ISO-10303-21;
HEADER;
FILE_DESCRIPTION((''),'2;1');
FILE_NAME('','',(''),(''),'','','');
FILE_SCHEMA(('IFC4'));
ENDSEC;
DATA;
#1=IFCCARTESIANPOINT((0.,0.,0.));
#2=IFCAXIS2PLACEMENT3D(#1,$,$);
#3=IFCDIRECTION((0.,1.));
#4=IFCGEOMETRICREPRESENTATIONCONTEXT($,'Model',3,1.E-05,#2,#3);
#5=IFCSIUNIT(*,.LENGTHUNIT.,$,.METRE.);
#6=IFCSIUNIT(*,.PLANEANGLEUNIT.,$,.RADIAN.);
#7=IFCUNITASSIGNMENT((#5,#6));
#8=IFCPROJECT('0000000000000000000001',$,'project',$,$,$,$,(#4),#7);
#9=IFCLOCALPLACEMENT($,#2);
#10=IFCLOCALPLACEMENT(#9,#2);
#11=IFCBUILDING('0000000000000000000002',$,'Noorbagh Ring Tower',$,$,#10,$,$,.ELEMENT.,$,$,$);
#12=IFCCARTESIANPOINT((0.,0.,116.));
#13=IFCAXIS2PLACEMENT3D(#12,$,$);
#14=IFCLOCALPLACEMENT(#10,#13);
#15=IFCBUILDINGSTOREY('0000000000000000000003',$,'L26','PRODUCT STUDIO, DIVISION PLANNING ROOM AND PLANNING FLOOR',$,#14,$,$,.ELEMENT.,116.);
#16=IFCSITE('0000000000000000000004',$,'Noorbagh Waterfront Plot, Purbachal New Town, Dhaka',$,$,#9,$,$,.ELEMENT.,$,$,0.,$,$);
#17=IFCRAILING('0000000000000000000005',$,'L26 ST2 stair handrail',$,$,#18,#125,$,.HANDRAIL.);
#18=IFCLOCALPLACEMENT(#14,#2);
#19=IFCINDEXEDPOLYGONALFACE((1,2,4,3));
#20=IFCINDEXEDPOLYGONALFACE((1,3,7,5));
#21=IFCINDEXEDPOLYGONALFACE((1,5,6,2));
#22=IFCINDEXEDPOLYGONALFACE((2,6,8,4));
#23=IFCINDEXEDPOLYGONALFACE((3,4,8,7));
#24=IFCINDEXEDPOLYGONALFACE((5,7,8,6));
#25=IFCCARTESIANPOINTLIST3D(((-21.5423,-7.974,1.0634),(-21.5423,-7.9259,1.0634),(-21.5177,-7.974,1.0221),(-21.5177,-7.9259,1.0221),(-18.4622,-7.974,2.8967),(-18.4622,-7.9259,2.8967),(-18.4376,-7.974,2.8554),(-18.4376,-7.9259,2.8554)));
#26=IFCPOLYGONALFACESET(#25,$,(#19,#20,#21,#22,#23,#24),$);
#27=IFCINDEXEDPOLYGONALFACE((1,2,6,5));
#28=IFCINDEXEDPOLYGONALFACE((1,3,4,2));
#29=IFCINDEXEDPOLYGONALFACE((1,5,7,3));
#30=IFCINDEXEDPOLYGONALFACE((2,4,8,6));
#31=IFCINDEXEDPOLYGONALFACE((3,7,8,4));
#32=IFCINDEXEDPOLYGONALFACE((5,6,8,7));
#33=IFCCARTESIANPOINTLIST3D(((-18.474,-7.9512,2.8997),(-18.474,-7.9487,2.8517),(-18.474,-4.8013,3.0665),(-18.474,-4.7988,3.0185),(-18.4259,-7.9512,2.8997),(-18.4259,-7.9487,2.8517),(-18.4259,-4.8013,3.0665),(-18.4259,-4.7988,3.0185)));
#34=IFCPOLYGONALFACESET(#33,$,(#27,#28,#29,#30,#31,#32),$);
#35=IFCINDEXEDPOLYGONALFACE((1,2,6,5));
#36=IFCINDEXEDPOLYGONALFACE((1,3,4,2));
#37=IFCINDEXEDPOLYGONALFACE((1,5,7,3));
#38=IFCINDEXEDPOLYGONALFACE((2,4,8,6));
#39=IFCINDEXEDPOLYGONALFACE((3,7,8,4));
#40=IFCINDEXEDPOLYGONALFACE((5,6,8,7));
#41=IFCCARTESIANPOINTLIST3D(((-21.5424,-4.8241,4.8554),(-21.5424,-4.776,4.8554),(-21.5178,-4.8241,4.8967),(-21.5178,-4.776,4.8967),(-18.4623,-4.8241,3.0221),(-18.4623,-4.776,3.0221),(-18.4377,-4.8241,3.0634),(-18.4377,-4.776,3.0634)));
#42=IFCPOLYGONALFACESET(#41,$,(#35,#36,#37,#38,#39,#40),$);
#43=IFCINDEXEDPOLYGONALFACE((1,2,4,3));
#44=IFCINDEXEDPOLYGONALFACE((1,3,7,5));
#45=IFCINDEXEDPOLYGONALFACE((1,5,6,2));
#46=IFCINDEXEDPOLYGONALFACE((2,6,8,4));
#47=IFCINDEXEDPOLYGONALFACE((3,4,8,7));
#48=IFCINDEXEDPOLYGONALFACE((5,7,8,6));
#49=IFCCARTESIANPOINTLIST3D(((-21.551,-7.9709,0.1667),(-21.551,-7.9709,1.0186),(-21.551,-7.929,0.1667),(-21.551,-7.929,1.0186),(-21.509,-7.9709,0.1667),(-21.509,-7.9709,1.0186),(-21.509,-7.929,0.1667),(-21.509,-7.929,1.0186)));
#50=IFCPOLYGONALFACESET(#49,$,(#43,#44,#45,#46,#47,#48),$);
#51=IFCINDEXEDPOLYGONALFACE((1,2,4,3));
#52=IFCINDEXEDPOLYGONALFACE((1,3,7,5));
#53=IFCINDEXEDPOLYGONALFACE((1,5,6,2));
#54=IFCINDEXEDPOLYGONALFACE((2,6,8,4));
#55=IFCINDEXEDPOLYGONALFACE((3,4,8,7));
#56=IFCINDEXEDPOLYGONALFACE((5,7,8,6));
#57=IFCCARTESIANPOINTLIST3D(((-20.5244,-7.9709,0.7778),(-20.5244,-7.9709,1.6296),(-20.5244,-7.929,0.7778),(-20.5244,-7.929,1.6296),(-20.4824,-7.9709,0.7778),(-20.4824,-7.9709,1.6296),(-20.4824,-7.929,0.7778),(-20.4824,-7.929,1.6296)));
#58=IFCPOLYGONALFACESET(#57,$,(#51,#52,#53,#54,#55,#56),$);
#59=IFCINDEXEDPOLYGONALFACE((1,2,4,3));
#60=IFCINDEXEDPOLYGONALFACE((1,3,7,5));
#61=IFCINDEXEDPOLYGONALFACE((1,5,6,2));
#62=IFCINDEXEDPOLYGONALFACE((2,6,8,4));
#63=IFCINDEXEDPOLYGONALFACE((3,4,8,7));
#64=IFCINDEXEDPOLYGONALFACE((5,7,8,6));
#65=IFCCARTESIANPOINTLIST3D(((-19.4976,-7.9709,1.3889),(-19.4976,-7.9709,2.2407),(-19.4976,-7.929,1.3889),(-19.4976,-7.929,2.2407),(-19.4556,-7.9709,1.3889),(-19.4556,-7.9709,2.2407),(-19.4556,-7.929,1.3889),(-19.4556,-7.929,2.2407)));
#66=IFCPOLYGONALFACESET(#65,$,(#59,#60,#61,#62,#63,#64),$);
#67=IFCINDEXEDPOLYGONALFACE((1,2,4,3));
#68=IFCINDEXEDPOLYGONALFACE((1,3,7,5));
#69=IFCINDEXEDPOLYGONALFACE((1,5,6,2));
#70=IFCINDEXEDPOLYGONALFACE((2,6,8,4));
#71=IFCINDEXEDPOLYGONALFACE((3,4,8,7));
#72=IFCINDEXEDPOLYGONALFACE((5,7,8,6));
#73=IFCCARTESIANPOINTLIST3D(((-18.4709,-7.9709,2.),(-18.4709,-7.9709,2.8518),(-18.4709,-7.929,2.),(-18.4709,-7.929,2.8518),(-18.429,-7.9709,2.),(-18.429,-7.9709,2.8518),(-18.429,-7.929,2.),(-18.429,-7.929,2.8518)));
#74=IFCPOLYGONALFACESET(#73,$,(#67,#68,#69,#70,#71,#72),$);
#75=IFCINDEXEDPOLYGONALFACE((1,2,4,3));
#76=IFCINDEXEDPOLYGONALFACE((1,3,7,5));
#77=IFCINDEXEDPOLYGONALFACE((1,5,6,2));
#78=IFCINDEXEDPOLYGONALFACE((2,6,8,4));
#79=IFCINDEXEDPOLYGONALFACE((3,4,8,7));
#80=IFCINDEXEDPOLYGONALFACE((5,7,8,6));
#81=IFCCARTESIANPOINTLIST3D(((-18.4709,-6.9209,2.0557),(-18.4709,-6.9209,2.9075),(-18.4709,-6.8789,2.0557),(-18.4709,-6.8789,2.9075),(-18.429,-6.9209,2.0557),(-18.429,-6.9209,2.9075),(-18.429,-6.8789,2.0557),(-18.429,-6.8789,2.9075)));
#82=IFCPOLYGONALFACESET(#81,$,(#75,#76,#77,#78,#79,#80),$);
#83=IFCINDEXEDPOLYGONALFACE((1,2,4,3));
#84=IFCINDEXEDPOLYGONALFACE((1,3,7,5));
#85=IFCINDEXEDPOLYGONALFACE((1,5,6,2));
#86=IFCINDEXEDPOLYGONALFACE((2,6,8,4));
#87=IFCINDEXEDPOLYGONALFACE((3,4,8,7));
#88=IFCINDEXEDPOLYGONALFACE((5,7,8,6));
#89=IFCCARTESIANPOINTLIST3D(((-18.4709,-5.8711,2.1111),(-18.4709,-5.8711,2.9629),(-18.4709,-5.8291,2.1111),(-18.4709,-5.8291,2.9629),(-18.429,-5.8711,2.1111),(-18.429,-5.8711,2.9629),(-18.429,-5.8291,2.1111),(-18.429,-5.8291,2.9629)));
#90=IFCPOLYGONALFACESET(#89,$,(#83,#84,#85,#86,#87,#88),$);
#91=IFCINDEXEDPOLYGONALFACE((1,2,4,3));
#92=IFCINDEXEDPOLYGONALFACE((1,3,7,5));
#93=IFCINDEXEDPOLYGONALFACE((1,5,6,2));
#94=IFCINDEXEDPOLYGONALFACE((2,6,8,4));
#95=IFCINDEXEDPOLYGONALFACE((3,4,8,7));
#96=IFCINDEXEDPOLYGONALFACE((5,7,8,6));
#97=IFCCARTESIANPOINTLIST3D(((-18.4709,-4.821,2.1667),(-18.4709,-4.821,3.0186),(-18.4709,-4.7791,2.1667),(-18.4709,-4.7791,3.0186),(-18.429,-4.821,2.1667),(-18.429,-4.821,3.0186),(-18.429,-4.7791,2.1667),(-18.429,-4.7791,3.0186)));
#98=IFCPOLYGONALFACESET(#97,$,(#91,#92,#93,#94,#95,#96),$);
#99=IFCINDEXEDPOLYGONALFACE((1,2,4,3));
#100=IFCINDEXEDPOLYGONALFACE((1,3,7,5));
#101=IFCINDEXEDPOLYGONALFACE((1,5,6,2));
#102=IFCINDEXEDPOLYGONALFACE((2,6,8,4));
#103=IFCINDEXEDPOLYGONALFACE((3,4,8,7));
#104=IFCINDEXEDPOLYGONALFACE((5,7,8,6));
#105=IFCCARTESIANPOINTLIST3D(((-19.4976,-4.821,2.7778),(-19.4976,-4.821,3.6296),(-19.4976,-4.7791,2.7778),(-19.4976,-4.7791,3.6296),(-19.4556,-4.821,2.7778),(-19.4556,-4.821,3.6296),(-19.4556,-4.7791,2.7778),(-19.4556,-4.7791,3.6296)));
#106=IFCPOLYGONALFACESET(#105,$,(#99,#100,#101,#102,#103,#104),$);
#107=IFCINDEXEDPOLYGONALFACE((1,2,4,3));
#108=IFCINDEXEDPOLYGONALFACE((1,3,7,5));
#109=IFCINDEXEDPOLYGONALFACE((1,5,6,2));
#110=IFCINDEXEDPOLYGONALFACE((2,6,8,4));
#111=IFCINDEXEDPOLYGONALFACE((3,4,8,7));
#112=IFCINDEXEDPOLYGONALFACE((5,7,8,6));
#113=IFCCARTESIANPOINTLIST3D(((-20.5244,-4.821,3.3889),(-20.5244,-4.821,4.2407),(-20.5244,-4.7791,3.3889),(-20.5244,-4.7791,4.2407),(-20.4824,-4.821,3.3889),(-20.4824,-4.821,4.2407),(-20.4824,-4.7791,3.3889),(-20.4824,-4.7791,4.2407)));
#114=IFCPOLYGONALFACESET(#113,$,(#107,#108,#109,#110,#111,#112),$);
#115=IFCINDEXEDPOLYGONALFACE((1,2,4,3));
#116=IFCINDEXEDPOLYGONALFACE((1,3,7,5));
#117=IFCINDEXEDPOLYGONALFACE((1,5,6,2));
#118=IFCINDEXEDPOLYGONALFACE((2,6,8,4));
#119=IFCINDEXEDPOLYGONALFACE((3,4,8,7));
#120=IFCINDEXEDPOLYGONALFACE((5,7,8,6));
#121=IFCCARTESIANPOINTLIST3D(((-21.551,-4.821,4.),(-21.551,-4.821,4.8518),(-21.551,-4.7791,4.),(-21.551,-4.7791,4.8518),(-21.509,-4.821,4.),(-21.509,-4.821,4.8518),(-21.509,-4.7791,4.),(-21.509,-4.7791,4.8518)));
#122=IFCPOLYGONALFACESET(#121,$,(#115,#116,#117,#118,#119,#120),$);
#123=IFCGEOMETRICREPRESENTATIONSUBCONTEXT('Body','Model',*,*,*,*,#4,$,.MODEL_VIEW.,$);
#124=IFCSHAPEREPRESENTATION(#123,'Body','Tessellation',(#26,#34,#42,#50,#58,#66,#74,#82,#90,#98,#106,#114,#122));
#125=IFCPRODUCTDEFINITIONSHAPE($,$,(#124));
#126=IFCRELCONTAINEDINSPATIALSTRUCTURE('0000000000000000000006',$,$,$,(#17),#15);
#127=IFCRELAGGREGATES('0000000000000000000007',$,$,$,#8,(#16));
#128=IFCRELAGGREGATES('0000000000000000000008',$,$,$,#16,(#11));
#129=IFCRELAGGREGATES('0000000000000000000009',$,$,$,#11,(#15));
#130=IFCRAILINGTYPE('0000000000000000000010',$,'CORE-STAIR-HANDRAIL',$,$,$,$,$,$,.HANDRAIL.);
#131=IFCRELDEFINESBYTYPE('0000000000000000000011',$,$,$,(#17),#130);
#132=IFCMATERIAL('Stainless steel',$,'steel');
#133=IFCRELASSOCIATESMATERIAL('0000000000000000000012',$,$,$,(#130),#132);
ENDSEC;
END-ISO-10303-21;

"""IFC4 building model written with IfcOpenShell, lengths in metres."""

from ifc_helpers import new_model, si_unit, direction, frame, origin, origin_2d, place, context, subcontext, project, spatial, rectangle, extrude, material, type_object, element, save


model = new_model("IFC4")

# Units and contexts
model_context = context("Model", 3, precision=1e-05, world=origin(), true_north=direction((0.0, 1.0)))
body_context = subcontext(model_context, "Body", "Model", "MODEL_VIEW")
ifc_project = project(units=[si_unit("LENGTHUNIT", "METRE"), si_unit("PLANEANGLEUNIT", "RADIAN")], contexts=[model_context])

# Site, building, storey
site_placement = place(None, origin())
site = spatial("IfcSite", under=ifc_project, at=site_placement, Name="Noorbagh Waterfront Plot, Purbachal New Town, Dhaka", CompositionType="ELEMENT", RefElevation=0.0)
building_placement = place(site_placement, origin())
building = spatial("IfcBuilding", under=site, at=building_placement, Name="Noorbagh Ring Tower", CompositionType="ELEMENT")
storey_placement = place(building_placement, frame((0.0, 0.0, 116.0)))
storey = spatial("IfcBuildingStorey", under=building, at=storey_placement, Name="L26", Description="PRODUCT STUDIO, DIVISION PLANNING ROOM AND PLANNING FLOOR", CompositionType="ELEMENT", Elevation=116.0)

# Railing
ifc_material_1 = material(Name="Stainless steel", Category="steel")
railing_type_1 = type_object("IfcRailingType", Name="CORE-STAIR-HANDRAIL", PredefinedType="HANDRAIL", material=ifc_material_1)
railing_1_placement = place(storey_placement, frame((-21.53, -7.95, 0.1667)))
element("IfcRailing", 1, at=railing_1_placement, inside=storey, type_object=railing_type_1, Name="L26 ST2 stair handrail", PredefinedType="HANDRAIL", context=body_context, shape_type="SweptSolid", body=[
    extrude(rectangle(XDim=0.0481, YDim=0.0481, at=origin_2d()), frame((0.0, 0.0, 0.876), z_axis=(0.859309, 0.0, 0.511458), x_axis=(0.0, 1.0, 0.0)), (0.0, 0.0, 1.0), 3.5845),
    extrude(rectangle(XDim=0.0481, YDim=0.0481, at=origin_2d()), frame((3.0801, 0.0, 2.709), z_axis=(0.0, 0.998602, 0.052864), x_axis=(-1.0, 0.0, 0.0)), (0.0, 0.0, 1.0), 3.1543),
    extrude(rectangle(XDim=0.0481, YDim=0.0481, at=origin_2d()), frame((3.0801, 3.1499, 2.876), z_axis=(-0.859309, 0.0, 0.511458), x_axis=(0.0, -1.0, 0.0)), (0.0, 0.0, 1.0), 3.5845),
    extrude(rectangle(XDim=0.042, YDim=0.042, at=origin_2d()), origin(), (0.0, 0.0, 1.0), 0.8518),
    extrude(rectangle(XDim=0.042, YDim=0.042, at=origin_2d()), frame((1.0266, 0.0, 0.6111)), (0.0, 0.0, 1.0), 0.8518),
    extrude(rectangle(XDim=0.042, YDim=0.042, at=origin_2d()), frame((2.0535, 0.0, 1.2222)), (0.0, 0.0, 1.0), 0.8518),
    extrude(rectangle(XDim=0.042, YDim=0.042, at=origin_2d()), frame((3.0801, 0.0, 1.8333)), (0.0, 0.0, 1.0), 0.8518),
    extrude(rectangle(XDim=0.042, YDim=0.042, at=origin_2d()), frame((3.0801, 1.05, 1.8889)), (0.0, 0.0, 1.0), 0.8518),
    extrude(rectangle(XDim=0.042, YDim=0.042, at=origin_2d()), frame((3.0801, 2.0999, 1.9443)), (0.0, 0.0, 1.0), 0.8518),
    extrude(rectangle(XDim=0.042, YDim=0.042, at=origin_2d()), frame((3.0801, 3.1499, 2.0)), (0.0, 0.0, 1.0), 0.8518),
    extrude(rectangle(XDim=0.042, YDim=0.042, at=origin_2d()), frame((2.0535, 3.1499, 2.6111)), (0.0, 0.0, 1.0), 0.8518),
    extrude(rectangle(XDim=0.042, YDim=0.042, at=origin_2d()), frame((1.0266, 3.1499, 3.2222)), (0.0, 0.0, 1.0), 0.8518),
    extrude(rectangle(XDim=0.042, YDim=0.042, at=origin_2d()), frame((0.0, 3.1499, 3.8333)), (0.0, 0.0, 1.0), 0.8518),
])

save(model, "model.ifc")
